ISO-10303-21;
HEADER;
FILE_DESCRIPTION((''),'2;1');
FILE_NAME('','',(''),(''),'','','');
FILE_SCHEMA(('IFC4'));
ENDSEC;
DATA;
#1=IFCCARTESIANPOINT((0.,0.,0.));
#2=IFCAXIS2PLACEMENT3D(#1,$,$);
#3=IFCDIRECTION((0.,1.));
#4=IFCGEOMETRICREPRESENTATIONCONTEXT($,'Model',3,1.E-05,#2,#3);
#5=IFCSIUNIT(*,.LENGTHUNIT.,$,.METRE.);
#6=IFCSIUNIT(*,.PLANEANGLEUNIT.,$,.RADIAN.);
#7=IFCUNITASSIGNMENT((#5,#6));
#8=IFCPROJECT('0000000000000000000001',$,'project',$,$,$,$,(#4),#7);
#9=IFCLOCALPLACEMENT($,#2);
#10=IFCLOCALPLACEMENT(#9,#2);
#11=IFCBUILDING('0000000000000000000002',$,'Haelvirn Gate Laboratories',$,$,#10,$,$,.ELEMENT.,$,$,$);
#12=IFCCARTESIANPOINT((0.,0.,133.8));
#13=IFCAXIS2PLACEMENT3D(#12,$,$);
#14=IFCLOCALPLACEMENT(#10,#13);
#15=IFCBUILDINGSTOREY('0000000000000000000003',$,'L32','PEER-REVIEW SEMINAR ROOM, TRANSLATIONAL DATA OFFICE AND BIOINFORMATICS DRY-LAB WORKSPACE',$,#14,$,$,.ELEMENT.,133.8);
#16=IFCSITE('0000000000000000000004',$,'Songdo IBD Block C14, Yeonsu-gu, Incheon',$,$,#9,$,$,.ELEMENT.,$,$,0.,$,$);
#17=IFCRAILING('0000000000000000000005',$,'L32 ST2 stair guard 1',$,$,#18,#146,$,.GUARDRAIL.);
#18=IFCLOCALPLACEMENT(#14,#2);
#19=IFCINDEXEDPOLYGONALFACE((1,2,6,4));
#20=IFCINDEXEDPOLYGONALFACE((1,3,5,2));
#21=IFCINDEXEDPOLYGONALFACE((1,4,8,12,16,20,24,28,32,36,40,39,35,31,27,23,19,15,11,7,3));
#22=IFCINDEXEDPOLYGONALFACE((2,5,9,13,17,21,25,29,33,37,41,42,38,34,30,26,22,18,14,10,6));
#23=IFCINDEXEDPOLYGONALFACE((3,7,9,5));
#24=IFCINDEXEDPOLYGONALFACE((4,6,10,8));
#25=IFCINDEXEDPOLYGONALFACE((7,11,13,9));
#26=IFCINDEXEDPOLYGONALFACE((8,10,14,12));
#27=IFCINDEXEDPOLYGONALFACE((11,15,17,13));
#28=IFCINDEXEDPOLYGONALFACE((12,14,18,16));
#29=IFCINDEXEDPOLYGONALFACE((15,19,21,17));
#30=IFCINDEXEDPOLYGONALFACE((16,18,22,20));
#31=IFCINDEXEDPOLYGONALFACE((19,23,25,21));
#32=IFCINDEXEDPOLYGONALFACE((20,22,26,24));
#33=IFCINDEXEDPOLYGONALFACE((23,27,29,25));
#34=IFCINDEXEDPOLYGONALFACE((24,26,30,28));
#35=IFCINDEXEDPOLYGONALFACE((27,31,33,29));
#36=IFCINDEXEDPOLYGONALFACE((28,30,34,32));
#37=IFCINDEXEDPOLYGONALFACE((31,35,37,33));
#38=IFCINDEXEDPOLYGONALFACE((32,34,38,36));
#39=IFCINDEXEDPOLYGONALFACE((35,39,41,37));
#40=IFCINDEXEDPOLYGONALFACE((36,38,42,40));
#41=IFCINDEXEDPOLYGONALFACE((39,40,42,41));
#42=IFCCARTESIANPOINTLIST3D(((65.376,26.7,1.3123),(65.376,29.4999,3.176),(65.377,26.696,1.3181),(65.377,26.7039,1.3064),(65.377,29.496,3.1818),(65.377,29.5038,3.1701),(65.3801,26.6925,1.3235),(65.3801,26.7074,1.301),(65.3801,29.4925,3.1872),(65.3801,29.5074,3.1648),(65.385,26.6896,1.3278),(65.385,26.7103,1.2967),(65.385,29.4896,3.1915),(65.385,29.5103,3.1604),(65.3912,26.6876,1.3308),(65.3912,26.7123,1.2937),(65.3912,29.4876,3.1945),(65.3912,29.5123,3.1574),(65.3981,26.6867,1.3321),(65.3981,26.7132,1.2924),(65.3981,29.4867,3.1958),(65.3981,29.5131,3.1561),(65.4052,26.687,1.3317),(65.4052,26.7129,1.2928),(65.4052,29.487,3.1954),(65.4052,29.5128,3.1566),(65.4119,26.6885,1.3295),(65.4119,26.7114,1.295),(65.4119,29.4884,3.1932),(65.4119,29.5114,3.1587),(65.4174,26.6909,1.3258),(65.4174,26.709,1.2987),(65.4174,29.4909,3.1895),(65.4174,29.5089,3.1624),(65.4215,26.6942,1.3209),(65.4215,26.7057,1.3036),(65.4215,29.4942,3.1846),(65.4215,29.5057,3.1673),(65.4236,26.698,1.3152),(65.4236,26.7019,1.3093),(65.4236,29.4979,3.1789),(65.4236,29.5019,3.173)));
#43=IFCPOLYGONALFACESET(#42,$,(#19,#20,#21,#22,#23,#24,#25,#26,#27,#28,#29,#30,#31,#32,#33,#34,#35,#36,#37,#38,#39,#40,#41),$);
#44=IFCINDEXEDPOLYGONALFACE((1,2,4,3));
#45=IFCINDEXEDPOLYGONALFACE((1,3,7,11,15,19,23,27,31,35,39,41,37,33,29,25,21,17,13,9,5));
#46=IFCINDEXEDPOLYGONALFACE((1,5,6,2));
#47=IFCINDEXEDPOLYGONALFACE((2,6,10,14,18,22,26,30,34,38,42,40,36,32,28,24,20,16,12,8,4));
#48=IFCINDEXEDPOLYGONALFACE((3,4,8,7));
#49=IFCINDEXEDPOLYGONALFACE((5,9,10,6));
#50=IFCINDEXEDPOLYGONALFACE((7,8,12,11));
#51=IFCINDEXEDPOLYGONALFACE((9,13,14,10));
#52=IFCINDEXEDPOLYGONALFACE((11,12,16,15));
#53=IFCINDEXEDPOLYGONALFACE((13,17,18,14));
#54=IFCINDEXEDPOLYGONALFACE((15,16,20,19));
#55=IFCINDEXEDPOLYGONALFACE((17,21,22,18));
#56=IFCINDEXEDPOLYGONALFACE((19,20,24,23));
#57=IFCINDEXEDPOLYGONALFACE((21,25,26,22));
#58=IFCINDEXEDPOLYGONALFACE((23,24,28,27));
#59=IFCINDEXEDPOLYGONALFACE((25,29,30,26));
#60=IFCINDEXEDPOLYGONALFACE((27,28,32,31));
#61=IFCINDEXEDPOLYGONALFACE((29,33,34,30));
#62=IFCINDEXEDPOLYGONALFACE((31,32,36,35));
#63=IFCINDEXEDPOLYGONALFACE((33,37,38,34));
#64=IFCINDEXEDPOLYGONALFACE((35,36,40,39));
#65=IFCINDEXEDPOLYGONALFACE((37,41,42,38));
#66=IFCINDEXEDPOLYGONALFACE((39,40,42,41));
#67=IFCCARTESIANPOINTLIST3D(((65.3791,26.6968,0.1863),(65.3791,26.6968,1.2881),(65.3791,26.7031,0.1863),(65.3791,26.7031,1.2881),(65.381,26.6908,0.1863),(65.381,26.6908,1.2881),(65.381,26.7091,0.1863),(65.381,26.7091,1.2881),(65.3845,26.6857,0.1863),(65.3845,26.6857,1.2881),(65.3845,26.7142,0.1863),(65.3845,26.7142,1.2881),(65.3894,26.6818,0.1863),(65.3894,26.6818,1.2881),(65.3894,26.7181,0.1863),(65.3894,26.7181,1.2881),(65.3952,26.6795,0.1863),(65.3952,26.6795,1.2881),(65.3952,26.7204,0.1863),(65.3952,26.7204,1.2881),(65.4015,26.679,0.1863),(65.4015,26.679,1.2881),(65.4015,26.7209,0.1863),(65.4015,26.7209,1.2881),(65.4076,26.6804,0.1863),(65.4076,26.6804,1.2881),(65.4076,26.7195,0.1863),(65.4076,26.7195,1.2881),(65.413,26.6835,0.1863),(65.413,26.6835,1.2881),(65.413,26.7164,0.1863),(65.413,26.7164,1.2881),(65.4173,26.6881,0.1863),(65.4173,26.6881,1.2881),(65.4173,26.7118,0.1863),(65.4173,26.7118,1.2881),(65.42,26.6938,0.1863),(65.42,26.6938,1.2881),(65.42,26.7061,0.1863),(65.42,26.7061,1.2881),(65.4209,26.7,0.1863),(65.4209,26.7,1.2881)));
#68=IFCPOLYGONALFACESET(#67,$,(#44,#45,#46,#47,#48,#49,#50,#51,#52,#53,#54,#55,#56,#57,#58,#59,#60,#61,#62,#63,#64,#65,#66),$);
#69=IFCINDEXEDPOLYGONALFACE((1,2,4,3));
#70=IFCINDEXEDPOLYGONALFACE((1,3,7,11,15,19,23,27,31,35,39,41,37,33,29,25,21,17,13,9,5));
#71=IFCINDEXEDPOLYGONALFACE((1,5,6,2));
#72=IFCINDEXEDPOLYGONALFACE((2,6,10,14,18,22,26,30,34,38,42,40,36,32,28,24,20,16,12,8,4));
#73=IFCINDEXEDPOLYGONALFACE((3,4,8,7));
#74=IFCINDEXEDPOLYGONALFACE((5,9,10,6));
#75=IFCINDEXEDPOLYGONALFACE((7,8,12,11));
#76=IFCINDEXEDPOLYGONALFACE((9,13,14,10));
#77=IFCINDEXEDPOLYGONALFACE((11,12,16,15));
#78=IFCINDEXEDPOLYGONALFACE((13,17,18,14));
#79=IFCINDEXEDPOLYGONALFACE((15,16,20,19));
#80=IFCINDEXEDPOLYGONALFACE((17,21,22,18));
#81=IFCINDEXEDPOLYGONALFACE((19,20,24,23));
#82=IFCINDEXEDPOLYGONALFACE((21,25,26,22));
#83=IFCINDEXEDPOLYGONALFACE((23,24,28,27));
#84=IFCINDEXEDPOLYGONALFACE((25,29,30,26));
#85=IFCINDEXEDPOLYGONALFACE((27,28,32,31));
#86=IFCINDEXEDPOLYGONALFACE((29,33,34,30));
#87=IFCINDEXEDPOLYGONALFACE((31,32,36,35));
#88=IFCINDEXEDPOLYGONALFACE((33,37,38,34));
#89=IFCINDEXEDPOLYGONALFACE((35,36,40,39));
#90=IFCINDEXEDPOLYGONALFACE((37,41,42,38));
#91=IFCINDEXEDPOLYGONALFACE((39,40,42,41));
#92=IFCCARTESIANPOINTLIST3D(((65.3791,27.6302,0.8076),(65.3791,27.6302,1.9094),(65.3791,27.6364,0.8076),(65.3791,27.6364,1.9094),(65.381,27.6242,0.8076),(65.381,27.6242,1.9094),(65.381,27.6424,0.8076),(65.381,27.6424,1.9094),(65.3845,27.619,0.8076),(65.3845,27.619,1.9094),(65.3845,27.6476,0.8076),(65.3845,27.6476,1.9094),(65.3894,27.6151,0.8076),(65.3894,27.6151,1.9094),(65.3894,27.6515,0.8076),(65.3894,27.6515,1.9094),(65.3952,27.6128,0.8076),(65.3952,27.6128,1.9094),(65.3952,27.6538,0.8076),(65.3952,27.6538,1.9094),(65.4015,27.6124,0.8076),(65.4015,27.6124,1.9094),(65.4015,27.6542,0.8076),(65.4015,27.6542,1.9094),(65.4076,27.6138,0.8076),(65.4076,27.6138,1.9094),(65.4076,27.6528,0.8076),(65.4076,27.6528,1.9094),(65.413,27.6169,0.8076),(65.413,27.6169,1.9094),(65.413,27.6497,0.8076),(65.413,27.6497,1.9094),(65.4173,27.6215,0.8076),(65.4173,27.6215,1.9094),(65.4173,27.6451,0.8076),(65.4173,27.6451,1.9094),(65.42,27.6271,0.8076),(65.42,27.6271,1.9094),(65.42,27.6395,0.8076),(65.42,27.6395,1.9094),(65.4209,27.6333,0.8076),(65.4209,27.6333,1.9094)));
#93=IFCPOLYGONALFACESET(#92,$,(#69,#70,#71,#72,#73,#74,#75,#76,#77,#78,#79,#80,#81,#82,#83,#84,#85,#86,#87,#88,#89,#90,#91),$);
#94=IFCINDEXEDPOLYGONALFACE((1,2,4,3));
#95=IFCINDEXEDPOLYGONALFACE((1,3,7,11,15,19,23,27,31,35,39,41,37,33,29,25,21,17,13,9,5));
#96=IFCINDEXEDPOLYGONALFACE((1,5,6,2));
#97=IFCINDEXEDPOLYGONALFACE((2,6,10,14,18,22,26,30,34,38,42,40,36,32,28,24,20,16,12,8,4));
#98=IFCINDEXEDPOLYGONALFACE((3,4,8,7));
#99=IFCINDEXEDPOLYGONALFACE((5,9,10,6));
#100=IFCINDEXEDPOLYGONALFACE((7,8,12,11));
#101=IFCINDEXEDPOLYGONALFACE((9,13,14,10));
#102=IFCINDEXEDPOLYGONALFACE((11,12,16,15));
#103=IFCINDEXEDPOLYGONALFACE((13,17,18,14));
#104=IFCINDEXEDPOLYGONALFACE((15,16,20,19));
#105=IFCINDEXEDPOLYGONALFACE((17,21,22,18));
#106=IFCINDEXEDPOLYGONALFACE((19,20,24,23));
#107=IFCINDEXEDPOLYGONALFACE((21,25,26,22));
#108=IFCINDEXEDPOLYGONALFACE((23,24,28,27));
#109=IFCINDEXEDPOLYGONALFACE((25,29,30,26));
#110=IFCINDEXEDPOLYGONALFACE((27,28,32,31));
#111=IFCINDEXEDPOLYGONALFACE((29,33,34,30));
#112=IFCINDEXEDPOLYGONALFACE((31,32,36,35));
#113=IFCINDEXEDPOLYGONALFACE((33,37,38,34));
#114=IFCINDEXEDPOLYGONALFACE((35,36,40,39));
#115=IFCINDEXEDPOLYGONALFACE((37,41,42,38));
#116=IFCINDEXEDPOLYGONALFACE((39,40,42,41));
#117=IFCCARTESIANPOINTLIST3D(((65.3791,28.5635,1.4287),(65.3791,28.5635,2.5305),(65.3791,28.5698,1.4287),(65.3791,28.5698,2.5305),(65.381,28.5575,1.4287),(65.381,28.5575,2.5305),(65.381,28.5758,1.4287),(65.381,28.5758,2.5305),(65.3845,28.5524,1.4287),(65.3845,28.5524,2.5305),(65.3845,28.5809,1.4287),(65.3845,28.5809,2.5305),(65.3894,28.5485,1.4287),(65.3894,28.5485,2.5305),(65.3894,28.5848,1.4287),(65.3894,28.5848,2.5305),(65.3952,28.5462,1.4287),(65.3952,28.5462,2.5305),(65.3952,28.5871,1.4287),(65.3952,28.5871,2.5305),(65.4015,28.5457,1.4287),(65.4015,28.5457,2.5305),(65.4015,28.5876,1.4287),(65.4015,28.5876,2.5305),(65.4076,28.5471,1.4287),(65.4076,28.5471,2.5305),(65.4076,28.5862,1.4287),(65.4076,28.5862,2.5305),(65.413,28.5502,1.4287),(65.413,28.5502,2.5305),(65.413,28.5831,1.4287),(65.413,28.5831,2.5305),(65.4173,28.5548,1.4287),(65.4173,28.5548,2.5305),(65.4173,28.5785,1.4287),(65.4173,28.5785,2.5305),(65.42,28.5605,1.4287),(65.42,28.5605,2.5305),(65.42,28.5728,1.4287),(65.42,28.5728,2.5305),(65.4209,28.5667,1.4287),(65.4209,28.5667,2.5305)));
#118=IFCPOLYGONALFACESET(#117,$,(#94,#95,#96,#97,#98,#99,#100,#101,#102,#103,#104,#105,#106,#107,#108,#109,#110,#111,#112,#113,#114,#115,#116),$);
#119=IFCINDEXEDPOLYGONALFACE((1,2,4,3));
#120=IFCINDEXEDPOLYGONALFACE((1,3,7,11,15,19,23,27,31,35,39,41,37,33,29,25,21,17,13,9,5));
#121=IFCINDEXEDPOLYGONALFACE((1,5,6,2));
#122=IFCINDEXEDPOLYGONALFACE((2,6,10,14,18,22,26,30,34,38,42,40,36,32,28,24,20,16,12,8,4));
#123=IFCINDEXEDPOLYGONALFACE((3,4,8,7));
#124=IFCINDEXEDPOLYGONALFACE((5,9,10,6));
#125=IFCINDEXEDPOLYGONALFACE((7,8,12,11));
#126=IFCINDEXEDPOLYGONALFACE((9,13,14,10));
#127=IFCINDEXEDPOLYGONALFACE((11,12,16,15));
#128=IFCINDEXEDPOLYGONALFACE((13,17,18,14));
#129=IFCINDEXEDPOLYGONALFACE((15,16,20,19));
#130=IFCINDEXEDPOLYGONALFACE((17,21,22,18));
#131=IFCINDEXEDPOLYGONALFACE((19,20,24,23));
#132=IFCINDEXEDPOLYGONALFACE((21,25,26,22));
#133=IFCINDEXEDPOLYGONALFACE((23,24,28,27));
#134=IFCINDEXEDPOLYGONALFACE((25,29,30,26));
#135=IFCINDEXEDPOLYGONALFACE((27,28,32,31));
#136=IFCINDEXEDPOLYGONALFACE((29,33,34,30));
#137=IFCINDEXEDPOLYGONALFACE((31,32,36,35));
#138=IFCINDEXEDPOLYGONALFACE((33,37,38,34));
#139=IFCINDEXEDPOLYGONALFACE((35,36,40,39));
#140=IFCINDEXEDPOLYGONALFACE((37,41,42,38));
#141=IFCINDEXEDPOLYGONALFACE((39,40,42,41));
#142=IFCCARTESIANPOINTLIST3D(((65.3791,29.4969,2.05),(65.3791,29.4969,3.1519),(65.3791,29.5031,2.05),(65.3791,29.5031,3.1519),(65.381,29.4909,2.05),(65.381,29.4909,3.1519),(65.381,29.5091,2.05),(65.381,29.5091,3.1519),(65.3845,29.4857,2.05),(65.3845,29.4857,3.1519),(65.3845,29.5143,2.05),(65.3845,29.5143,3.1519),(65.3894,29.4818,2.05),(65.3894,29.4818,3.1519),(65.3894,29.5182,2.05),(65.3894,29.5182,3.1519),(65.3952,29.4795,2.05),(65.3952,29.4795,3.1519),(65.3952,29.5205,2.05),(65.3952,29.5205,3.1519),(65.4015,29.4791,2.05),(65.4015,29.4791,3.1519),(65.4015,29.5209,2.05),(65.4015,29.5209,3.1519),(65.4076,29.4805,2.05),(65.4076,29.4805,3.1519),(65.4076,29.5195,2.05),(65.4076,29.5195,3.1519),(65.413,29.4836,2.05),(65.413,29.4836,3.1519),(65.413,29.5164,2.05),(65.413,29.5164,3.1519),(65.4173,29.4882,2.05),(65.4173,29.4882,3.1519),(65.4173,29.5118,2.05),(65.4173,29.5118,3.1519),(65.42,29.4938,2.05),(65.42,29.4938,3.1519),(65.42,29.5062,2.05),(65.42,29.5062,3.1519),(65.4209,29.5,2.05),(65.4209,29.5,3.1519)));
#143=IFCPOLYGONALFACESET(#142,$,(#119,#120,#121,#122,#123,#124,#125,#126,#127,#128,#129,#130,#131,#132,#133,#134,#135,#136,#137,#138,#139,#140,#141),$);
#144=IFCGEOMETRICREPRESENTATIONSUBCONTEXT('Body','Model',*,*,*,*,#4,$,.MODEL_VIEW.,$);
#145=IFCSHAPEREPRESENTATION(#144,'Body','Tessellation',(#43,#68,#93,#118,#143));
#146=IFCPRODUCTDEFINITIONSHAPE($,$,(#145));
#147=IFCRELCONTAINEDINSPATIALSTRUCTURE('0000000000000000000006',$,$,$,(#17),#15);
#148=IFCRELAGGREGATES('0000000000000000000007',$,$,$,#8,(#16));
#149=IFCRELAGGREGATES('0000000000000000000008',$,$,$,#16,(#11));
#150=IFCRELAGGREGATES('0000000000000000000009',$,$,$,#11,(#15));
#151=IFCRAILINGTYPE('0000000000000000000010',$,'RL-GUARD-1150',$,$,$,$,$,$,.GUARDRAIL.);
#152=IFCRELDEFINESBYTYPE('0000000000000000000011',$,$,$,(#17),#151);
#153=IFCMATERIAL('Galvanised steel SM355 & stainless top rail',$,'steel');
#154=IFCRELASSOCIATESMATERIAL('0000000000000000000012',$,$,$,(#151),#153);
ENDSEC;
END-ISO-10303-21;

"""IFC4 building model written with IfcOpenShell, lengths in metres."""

from ifc_helpers import new_model, si_unit, direction, frame, origin, origin_2d, place, context, subcontext, project, spatial, circle, extrude, source, transform, mapped, material, type_object, element, save


model = new_model("IFC4")

# Units and contexts
model_context = context("Model", 3, precision=1e-05, world=origin(), true_north=direction((0.0, 1.0)))
body_context = subcontext(model_context, "Body", "Model", "MODEL_VIEW")
ifc_project = project(units=[si_unit("LENGTHUNIT", "METRE"), si_unit("PLANEANGLEUNIT", "RADIAN")], contexts=[model_context])

# Site, building, storey
site_placement = place(None, origin())
site = spatial("IfcSite", under=ifc_project, at=site_placement, Name="Songdo IBD Block C14, Yeonsu-gu, Incheon", CompositionType="ELEMENT", RefElevation=0.0)
building_placement = place(site_placement, origin())
building = spatial("IfcBuilding", under=site, at=building_placement, Name="Haelvirn Gate Laboratories", CompositionType="ELEMENT")
storey_placement = place(building_placement, frame((0.0, 0.0, 133.8)))
storey = spatial("IfcBuildingStorey", under=building, at=storey_placement, Name="L32", Description="PEER-REVIEW SEMINAR ROOM, TRANSLATIONAL DATA OFFICE AND BIOINFORMATICS DRY-LAB WORKSPACE", CompositionType="ELEMENT", Elevation=133.8)

# Railing
ifc_material_1 = material(Name="Galvanised steel SM355 & stainless top rail", Category="steel")
railing_type_1 = type_object("IfcRailingType", Name="RL-GUARD-1150", PredefinedType="GUARDRAIL", material=ifc_material_1)
shared_shape_1 = source(origin(), body_context, "Body", "SweptSolid", [
    extrude(circle(Radius=0.0239, at=origin_2d()), frame((0.0, 0.0, 1.126), z_axis=(0.0, 0.832452, 0.554097), x_axis=(-1.0, 0.0, 0.0)), (0.0, 0.0, 1.0), 3.3635),
    extrude(circle(Radius=0.021, at=origin_2d()), origin(), (0.0, 0.0, 1.0), 1.1018),
    extrude(circle(Radius=0.021, at=origin_2d()), frame((0.0, 0.9333, 0.6213)), (0.0, 0.0, 1.0), 1.1018),
    extrude(circle(Radius=0.021, at=origin_2d()), frame((0.0, 1.8667, 1.2424)), (0.0, 0.0, 1.0), 1.1018),
    extrude(circle(Radius=0.021, at=origin_2d()), frame((0.0, 2.8, 1.8638)), (0.0, 0.0, 1.0), 1.1018),
])
railing_1_placement = place(storey_placement, frame((65.3999, 26.7, 0.1863)))
element("IfcRailing", 1, at=railing_1_placement, inside=storey, type_object=railing_type_1, Name="L32 ST2 stair guard 1", PredefinedType="GUARDRAIL", context=body_context, shape_type="MappedRepresentation", body=[
    mapped(shared_shape_1, transform((0.0, 0.0, 0.0), scale=1.0)),
])

save(model, "model.ifc")
